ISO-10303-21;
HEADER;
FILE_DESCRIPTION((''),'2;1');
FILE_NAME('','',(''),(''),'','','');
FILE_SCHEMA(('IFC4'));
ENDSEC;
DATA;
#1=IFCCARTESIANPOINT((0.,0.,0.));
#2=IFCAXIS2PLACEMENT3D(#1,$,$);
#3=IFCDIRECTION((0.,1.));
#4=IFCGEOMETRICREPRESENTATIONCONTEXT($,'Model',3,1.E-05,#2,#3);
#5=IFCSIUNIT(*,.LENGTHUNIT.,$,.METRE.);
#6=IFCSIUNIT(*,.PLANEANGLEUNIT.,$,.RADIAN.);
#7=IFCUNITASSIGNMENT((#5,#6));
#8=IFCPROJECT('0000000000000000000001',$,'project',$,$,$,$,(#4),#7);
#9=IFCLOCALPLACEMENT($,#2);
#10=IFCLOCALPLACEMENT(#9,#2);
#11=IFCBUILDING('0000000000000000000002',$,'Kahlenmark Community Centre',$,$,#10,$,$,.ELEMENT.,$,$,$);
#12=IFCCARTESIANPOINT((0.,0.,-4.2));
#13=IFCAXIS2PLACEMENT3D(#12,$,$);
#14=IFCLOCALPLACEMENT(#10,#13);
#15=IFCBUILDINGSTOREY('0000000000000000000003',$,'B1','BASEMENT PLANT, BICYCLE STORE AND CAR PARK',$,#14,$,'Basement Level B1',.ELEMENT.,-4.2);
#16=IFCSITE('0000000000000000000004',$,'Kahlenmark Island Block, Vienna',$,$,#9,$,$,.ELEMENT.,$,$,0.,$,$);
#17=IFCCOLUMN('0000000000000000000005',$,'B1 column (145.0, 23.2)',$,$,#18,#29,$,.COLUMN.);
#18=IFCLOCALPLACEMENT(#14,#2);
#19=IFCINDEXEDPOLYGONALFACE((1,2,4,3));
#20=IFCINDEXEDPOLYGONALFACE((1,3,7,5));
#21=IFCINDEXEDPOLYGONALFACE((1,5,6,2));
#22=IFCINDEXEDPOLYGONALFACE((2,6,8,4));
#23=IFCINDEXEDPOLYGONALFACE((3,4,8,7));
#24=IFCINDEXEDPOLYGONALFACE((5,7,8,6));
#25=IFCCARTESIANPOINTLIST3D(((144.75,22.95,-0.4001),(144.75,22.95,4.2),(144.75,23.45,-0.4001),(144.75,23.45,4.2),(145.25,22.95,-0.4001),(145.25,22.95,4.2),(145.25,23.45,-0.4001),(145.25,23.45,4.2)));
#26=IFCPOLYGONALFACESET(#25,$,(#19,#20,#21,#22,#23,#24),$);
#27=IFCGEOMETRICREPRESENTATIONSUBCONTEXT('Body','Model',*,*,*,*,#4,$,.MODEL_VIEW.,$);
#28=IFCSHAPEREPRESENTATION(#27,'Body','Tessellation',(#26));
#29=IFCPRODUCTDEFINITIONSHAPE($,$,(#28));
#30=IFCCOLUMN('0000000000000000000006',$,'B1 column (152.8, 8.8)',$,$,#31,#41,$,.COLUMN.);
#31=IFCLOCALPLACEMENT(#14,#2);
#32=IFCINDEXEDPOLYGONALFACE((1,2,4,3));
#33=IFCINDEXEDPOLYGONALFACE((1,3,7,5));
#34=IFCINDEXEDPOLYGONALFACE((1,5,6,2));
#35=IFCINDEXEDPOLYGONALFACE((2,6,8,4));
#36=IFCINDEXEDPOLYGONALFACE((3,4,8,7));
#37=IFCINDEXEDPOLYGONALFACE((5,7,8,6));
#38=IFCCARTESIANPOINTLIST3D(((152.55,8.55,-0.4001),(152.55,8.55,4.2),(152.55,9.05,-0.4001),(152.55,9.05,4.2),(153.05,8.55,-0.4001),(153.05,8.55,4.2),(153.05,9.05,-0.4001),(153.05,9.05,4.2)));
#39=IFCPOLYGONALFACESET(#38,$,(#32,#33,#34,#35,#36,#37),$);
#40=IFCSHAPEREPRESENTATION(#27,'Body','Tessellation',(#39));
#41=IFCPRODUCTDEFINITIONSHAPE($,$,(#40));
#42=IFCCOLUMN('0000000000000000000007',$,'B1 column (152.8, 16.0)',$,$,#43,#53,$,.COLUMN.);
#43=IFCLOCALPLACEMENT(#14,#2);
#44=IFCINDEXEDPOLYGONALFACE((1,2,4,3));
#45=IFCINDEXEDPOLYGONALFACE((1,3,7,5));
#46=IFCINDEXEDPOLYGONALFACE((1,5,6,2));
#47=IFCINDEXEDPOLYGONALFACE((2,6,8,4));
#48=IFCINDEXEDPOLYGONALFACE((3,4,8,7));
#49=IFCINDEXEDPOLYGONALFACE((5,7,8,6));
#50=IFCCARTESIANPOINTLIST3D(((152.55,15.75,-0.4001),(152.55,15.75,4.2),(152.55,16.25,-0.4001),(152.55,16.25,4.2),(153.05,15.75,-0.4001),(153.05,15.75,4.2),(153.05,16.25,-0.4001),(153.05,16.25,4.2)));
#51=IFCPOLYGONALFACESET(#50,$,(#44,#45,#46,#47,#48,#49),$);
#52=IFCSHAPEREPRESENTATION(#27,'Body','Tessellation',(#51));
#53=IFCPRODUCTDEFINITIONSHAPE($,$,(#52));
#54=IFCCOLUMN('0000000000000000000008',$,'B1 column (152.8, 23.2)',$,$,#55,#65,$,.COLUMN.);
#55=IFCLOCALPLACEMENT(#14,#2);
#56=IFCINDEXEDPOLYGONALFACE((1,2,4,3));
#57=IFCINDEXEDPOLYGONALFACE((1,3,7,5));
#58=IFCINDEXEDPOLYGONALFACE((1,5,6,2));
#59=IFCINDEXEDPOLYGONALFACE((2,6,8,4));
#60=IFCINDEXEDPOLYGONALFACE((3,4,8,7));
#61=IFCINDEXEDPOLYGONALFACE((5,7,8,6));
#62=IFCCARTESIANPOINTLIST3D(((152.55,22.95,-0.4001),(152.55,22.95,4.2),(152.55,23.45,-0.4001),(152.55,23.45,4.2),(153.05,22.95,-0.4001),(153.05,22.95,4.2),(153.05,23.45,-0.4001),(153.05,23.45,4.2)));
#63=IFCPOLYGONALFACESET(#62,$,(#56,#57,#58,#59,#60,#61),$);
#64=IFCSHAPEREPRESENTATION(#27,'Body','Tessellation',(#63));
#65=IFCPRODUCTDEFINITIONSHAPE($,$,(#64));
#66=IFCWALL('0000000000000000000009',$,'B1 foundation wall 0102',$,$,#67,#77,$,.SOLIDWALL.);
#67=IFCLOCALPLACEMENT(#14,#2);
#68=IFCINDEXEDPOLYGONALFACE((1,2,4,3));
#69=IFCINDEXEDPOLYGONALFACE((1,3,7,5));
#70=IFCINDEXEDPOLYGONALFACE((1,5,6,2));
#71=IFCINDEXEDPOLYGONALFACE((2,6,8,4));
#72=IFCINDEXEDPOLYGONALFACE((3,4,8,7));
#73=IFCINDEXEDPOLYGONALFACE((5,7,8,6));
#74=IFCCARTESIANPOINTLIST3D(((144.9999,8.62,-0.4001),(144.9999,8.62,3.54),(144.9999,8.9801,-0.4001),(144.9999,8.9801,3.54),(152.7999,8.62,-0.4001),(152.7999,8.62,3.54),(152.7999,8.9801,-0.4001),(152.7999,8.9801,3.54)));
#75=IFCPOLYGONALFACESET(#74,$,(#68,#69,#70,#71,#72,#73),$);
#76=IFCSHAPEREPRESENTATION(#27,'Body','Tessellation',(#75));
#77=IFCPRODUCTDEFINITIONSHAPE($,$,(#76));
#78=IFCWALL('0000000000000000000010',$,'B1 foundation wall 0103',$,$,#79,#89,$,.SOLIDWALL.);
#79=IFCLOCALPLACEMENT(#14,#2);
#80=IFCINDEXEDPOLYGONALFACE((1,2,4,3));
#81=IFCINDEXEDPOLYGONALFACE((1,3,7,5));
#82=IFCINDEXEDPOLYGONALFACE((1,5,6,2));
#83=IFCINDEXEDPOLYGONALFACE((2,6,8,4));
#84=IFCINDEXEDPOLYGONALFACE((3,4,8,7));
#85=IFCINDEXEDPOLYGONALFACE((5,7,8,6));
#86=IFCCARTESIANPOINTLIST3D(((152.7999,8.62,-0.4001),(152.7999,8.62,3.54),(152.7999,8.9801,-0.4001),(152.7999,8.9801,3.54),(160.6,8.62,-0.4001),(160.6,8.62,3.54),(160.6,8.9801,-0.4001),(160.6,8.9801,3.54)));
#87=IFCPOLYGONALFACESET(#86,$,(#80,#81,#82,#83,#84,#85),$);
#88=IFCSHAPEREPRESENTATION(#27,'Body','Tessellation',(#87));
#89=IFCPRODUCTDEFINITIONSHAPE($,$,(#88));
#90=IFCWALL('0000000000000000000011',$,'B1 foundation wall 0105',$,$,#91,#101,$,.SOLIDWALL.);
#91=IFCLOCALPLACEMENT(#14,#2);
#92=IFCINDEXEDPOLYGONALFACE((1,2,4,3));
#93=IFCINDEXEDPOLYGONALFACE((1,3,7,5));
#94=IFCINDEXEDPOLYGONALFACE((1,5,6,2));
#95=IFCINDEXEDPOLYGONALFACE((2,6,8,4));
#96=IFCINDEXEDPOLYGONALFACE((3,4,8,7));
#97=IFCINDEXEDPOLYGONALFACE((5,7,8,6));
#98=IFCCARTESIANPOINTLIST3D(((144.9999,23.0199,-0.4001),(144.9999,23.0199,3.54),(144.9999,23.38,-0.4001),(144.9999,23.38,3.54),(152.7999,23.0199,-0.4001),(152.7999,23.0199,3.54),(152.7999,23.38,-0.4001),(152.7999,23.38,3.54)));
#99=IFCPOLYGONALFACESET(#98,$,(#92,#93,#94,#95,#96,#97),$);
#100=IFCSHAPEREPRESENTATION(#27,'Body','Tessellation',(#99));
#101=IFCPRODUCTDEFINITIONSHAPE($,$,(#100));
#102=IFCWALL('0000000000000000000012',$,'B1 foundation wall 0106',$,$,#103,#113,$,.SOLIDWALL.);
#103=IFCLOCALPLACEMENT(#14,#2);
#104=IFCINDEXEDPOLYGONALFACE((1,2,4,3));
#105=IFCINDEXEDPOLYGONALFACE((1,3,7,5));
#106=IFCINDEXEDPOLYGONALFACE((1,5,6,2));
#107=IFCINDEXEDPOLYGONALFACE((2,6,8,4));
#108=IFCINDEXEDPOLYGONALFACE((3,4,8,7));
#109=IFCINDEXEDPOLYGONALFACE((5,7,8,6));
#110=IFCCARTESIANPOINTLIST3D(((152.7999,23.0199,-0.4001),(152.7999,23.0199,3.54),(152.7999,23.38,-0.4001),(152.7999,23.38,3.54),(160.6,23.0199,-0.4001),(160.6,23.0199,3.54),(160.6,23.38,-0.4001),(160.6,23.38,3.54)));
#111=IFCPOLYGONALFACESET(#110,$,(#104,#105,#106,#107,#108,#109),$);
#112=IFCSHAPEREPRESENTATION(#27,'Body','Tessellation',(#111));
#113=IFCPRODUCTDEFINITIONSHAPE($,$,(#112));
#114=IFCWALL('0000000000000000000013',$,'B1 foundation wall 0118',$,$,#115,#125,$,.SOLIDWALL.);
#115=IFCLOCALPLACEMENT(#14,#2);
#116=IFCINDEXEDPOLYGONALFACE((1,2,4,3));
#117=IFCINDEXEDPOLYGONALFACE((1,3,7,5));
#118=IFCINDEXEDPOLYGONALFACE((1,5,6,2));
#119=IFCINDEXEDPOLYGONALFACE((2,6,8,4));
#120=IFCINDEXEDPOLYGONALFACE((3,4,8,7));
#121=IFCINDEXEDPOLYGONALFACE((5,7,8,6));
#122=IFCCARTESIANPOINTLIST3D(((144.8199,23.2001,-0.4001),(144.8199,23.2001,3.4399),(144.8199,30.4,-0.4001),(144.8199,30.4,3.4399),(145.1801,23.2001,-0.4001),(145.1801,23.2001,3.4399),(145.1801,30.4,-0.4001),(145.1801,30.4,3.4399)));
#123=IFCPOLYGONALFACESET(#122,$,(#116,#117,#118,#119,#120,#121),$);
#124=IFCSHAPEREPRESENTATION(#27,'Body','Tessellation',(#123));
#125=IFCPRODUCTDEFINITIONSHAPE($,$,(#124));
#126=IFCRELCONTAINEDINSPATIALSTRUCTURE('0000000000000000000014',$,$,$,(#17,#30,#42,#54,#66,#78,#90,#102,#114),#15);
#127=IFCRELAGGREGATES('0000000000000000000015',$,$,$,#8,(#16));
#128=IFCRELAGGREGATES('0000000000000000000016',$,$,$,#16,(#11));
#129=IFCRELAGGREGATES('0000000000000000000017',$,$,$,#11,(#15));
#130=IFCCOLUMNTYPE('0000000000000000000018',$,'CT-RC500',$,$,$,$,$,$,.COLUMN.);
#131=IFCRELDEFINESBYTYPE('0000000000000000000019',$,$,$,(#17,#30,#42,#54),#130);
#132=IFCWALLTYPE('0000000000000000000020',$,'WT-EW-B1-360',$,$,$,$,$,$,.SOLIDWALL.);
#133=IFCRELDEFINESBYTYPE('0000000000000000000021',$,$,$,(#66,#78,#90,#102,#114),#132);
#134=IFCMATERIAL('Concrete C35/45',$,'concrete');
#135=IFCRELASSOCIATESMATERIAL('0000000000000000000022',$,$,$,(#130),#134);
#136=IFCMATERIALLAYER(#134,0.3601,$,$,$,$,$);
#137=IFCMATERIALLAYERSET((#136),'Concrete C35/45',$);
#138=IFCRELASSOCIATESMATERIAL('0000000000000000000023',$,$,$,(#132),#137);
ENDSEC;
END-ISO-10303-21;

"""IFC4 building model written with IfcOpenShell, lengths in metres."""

from ifc_helpers import new_model, si_unit, direction, frame, frame_2d, origin, origin_2d, place, context, subcontext, project, spatial, rectangle, extrude, material, layer, layer_set, material_profile, profile_set, type_object, element, save


model = new_model("IFC4")

# Units and contexts
model_context = context("Model", 3, precision=1e-05, world=origin(), true_north=direction((0.0, 1.0)))
body_context = subcontext(model_context, "Body", "Model", "MODEL_VIEW")
ifc_project = project(units=[si_unit("LENGTHUNIT", "METRE"), si_unit("PLANEANGLEUNIT", "RADIAN")], contexts=[model_context])

# Site, building, storey
site_placement = place(None, origin())
site = spatial("IfcSite", under=ifc_project, at=site_placement, Name="Kahlenmark Island Block, Vienna", CompositionType="ELEMENT", RefElevation=0.0)
building_placement = place(site_placement, origin())
building = spatial("IfcBuilding", under=site, at=building_placement, Name="Kahlenmark Community Centre", CompositionType="ELEMENT")
storey_placement = place(building_placement, frame((0.0, 0.0, -4.2)))
storey = spatial("IfcBuildingStorey", under=building, at=storey_placement, Name="B1", Description="BASEMENT PLANT, BICYCLE STORE AND CAR PARK", LongName="Basement Level B1", CompositionType="ELEMENT", Elevation=-4.2)

# Columns
ifc_material_1 = material(Name="Concrete C35/45", Category="concrete")
ifc_material_profile_1 = material_profile(ifc_material_1, rectangle(XDim=0.5, YDim=0.5, at=origin_2d()), Name="RC 500x500")
ifc_profile_set_1 = profile_set([ifc_material_profile_1], Name="Concrete C35/45")
column_type = type_object("IfcColumnType", Name="CT-RC500", PredefinedType="COLUMN", material=ifc_profile_set_1)
for number, where, z_axis, x_axis, name in (
    (1, (145.0, 23.2, -0.4001), (0.0, 0.0, 1.0), (1.0, 0.0, 0.0), "B1 column (145.0, 23.2)"),
    (2, (152.8, 8.8, -0.4001), (0.0, 0.0, 1.0), (1.0, 0.0, 0.0), "B1 column (152.8, 8.8)"),
    (3, (152.8, 16.0, -0.4001), (0.0, 0.0, 1.0), (1.0, 0.0, 0.0), "B1 column (152.8, 16.0)"),
    (4, (152.8, 23.2, -0.4001), (0.0, 0.0, 1.0), (1.0, 0.0, 0.0), "B1 column (152.8, 23.2)"),
):
    element("IfcColumn", number, at=place(storey_placement, frame(where, z_axis=z_axis, x_axis=x_axis)), inside=storey, type_object=column_type, Name=name, PredefinedType="COLUMN", context=body_context, shape_type="SweptSolid", body=[
        extrude(rectangle(XDim=0.5, YDim=0.5, at=origin_2d()), origin(), (0.0, 0.0, 1.0), 4.6001),
    ])

# Walls
ifc_layer = layer(ifc_material_1, 0.3601)
ifc_layer_set = layer_set([ifc_layer], Name="Concrete C35/45")
wall_type = type_object("IfcWallType", Name="WT-EW-B1-360", PredefinedType="SOLIDWALL", material=ifc_layer_set)
for number, where, z_axis, x_axis, name in (
    (5, (145.0, 8.8, -0.4001), (0.0, 0.0, 1.0), (1.0, 0.0, 0.0), "B1 foundation wall 0102"),
    (6, (152.8, 8.8, -0.4001), (0.0, 0.0, 1.0), (1.0, 0.0, 0.0), "B1 foundation wall 0103"),
    (7, (145.0, 23.2, -0.4001), (0.0, 0.0, 1.0), (1.0, 0.0, 0.0), "B1 foundation wall 0105"),
    (8, (152.8, 23.2, -0.4001), (0.0, 0.0, 1.0), (1.0, 0.0, 0.0), "B1 foundation wall 0106"),
):
    element("IfcWall", number, at=place(storey_placement, frame(where, z_axis=z_axis, x_axis=x_axis)), inside=storey, type_object=wall_type, Name=name, PredefinedType="SOLIDWALL", context=body_context, shape_type="SweptSolid", body=[
        extrude(rectangle(XDim=7.8, YDim=0.3601, at=frame_2d((3.8999, 0.0))), origin(), (0.0, 0.0, 1.0), 3.9402),
    ])
wall_placement = place(storey_placement, frame((145.0, 23.2, -0.4001), z_axis=(0.0, 0.0, 1.0), x_axis=(0.0, 1.0, 0.0)))
element("IfcWall", 9, at=wall_placement, inside=storey, type_object=wall_type, Name="B1 foundation wall 0118", PredefinedType="SOLIDWALL", context=body_context, shape_type="SweptSolid", body=[
    extrude(rectangle(XDim=7.2, YDim=0.3601, at=frame_2d((3.6001, 0.0))), origin(), (0.0, 0.0, 1.0), 3.8401),
])

save(model, "model.ifc")
